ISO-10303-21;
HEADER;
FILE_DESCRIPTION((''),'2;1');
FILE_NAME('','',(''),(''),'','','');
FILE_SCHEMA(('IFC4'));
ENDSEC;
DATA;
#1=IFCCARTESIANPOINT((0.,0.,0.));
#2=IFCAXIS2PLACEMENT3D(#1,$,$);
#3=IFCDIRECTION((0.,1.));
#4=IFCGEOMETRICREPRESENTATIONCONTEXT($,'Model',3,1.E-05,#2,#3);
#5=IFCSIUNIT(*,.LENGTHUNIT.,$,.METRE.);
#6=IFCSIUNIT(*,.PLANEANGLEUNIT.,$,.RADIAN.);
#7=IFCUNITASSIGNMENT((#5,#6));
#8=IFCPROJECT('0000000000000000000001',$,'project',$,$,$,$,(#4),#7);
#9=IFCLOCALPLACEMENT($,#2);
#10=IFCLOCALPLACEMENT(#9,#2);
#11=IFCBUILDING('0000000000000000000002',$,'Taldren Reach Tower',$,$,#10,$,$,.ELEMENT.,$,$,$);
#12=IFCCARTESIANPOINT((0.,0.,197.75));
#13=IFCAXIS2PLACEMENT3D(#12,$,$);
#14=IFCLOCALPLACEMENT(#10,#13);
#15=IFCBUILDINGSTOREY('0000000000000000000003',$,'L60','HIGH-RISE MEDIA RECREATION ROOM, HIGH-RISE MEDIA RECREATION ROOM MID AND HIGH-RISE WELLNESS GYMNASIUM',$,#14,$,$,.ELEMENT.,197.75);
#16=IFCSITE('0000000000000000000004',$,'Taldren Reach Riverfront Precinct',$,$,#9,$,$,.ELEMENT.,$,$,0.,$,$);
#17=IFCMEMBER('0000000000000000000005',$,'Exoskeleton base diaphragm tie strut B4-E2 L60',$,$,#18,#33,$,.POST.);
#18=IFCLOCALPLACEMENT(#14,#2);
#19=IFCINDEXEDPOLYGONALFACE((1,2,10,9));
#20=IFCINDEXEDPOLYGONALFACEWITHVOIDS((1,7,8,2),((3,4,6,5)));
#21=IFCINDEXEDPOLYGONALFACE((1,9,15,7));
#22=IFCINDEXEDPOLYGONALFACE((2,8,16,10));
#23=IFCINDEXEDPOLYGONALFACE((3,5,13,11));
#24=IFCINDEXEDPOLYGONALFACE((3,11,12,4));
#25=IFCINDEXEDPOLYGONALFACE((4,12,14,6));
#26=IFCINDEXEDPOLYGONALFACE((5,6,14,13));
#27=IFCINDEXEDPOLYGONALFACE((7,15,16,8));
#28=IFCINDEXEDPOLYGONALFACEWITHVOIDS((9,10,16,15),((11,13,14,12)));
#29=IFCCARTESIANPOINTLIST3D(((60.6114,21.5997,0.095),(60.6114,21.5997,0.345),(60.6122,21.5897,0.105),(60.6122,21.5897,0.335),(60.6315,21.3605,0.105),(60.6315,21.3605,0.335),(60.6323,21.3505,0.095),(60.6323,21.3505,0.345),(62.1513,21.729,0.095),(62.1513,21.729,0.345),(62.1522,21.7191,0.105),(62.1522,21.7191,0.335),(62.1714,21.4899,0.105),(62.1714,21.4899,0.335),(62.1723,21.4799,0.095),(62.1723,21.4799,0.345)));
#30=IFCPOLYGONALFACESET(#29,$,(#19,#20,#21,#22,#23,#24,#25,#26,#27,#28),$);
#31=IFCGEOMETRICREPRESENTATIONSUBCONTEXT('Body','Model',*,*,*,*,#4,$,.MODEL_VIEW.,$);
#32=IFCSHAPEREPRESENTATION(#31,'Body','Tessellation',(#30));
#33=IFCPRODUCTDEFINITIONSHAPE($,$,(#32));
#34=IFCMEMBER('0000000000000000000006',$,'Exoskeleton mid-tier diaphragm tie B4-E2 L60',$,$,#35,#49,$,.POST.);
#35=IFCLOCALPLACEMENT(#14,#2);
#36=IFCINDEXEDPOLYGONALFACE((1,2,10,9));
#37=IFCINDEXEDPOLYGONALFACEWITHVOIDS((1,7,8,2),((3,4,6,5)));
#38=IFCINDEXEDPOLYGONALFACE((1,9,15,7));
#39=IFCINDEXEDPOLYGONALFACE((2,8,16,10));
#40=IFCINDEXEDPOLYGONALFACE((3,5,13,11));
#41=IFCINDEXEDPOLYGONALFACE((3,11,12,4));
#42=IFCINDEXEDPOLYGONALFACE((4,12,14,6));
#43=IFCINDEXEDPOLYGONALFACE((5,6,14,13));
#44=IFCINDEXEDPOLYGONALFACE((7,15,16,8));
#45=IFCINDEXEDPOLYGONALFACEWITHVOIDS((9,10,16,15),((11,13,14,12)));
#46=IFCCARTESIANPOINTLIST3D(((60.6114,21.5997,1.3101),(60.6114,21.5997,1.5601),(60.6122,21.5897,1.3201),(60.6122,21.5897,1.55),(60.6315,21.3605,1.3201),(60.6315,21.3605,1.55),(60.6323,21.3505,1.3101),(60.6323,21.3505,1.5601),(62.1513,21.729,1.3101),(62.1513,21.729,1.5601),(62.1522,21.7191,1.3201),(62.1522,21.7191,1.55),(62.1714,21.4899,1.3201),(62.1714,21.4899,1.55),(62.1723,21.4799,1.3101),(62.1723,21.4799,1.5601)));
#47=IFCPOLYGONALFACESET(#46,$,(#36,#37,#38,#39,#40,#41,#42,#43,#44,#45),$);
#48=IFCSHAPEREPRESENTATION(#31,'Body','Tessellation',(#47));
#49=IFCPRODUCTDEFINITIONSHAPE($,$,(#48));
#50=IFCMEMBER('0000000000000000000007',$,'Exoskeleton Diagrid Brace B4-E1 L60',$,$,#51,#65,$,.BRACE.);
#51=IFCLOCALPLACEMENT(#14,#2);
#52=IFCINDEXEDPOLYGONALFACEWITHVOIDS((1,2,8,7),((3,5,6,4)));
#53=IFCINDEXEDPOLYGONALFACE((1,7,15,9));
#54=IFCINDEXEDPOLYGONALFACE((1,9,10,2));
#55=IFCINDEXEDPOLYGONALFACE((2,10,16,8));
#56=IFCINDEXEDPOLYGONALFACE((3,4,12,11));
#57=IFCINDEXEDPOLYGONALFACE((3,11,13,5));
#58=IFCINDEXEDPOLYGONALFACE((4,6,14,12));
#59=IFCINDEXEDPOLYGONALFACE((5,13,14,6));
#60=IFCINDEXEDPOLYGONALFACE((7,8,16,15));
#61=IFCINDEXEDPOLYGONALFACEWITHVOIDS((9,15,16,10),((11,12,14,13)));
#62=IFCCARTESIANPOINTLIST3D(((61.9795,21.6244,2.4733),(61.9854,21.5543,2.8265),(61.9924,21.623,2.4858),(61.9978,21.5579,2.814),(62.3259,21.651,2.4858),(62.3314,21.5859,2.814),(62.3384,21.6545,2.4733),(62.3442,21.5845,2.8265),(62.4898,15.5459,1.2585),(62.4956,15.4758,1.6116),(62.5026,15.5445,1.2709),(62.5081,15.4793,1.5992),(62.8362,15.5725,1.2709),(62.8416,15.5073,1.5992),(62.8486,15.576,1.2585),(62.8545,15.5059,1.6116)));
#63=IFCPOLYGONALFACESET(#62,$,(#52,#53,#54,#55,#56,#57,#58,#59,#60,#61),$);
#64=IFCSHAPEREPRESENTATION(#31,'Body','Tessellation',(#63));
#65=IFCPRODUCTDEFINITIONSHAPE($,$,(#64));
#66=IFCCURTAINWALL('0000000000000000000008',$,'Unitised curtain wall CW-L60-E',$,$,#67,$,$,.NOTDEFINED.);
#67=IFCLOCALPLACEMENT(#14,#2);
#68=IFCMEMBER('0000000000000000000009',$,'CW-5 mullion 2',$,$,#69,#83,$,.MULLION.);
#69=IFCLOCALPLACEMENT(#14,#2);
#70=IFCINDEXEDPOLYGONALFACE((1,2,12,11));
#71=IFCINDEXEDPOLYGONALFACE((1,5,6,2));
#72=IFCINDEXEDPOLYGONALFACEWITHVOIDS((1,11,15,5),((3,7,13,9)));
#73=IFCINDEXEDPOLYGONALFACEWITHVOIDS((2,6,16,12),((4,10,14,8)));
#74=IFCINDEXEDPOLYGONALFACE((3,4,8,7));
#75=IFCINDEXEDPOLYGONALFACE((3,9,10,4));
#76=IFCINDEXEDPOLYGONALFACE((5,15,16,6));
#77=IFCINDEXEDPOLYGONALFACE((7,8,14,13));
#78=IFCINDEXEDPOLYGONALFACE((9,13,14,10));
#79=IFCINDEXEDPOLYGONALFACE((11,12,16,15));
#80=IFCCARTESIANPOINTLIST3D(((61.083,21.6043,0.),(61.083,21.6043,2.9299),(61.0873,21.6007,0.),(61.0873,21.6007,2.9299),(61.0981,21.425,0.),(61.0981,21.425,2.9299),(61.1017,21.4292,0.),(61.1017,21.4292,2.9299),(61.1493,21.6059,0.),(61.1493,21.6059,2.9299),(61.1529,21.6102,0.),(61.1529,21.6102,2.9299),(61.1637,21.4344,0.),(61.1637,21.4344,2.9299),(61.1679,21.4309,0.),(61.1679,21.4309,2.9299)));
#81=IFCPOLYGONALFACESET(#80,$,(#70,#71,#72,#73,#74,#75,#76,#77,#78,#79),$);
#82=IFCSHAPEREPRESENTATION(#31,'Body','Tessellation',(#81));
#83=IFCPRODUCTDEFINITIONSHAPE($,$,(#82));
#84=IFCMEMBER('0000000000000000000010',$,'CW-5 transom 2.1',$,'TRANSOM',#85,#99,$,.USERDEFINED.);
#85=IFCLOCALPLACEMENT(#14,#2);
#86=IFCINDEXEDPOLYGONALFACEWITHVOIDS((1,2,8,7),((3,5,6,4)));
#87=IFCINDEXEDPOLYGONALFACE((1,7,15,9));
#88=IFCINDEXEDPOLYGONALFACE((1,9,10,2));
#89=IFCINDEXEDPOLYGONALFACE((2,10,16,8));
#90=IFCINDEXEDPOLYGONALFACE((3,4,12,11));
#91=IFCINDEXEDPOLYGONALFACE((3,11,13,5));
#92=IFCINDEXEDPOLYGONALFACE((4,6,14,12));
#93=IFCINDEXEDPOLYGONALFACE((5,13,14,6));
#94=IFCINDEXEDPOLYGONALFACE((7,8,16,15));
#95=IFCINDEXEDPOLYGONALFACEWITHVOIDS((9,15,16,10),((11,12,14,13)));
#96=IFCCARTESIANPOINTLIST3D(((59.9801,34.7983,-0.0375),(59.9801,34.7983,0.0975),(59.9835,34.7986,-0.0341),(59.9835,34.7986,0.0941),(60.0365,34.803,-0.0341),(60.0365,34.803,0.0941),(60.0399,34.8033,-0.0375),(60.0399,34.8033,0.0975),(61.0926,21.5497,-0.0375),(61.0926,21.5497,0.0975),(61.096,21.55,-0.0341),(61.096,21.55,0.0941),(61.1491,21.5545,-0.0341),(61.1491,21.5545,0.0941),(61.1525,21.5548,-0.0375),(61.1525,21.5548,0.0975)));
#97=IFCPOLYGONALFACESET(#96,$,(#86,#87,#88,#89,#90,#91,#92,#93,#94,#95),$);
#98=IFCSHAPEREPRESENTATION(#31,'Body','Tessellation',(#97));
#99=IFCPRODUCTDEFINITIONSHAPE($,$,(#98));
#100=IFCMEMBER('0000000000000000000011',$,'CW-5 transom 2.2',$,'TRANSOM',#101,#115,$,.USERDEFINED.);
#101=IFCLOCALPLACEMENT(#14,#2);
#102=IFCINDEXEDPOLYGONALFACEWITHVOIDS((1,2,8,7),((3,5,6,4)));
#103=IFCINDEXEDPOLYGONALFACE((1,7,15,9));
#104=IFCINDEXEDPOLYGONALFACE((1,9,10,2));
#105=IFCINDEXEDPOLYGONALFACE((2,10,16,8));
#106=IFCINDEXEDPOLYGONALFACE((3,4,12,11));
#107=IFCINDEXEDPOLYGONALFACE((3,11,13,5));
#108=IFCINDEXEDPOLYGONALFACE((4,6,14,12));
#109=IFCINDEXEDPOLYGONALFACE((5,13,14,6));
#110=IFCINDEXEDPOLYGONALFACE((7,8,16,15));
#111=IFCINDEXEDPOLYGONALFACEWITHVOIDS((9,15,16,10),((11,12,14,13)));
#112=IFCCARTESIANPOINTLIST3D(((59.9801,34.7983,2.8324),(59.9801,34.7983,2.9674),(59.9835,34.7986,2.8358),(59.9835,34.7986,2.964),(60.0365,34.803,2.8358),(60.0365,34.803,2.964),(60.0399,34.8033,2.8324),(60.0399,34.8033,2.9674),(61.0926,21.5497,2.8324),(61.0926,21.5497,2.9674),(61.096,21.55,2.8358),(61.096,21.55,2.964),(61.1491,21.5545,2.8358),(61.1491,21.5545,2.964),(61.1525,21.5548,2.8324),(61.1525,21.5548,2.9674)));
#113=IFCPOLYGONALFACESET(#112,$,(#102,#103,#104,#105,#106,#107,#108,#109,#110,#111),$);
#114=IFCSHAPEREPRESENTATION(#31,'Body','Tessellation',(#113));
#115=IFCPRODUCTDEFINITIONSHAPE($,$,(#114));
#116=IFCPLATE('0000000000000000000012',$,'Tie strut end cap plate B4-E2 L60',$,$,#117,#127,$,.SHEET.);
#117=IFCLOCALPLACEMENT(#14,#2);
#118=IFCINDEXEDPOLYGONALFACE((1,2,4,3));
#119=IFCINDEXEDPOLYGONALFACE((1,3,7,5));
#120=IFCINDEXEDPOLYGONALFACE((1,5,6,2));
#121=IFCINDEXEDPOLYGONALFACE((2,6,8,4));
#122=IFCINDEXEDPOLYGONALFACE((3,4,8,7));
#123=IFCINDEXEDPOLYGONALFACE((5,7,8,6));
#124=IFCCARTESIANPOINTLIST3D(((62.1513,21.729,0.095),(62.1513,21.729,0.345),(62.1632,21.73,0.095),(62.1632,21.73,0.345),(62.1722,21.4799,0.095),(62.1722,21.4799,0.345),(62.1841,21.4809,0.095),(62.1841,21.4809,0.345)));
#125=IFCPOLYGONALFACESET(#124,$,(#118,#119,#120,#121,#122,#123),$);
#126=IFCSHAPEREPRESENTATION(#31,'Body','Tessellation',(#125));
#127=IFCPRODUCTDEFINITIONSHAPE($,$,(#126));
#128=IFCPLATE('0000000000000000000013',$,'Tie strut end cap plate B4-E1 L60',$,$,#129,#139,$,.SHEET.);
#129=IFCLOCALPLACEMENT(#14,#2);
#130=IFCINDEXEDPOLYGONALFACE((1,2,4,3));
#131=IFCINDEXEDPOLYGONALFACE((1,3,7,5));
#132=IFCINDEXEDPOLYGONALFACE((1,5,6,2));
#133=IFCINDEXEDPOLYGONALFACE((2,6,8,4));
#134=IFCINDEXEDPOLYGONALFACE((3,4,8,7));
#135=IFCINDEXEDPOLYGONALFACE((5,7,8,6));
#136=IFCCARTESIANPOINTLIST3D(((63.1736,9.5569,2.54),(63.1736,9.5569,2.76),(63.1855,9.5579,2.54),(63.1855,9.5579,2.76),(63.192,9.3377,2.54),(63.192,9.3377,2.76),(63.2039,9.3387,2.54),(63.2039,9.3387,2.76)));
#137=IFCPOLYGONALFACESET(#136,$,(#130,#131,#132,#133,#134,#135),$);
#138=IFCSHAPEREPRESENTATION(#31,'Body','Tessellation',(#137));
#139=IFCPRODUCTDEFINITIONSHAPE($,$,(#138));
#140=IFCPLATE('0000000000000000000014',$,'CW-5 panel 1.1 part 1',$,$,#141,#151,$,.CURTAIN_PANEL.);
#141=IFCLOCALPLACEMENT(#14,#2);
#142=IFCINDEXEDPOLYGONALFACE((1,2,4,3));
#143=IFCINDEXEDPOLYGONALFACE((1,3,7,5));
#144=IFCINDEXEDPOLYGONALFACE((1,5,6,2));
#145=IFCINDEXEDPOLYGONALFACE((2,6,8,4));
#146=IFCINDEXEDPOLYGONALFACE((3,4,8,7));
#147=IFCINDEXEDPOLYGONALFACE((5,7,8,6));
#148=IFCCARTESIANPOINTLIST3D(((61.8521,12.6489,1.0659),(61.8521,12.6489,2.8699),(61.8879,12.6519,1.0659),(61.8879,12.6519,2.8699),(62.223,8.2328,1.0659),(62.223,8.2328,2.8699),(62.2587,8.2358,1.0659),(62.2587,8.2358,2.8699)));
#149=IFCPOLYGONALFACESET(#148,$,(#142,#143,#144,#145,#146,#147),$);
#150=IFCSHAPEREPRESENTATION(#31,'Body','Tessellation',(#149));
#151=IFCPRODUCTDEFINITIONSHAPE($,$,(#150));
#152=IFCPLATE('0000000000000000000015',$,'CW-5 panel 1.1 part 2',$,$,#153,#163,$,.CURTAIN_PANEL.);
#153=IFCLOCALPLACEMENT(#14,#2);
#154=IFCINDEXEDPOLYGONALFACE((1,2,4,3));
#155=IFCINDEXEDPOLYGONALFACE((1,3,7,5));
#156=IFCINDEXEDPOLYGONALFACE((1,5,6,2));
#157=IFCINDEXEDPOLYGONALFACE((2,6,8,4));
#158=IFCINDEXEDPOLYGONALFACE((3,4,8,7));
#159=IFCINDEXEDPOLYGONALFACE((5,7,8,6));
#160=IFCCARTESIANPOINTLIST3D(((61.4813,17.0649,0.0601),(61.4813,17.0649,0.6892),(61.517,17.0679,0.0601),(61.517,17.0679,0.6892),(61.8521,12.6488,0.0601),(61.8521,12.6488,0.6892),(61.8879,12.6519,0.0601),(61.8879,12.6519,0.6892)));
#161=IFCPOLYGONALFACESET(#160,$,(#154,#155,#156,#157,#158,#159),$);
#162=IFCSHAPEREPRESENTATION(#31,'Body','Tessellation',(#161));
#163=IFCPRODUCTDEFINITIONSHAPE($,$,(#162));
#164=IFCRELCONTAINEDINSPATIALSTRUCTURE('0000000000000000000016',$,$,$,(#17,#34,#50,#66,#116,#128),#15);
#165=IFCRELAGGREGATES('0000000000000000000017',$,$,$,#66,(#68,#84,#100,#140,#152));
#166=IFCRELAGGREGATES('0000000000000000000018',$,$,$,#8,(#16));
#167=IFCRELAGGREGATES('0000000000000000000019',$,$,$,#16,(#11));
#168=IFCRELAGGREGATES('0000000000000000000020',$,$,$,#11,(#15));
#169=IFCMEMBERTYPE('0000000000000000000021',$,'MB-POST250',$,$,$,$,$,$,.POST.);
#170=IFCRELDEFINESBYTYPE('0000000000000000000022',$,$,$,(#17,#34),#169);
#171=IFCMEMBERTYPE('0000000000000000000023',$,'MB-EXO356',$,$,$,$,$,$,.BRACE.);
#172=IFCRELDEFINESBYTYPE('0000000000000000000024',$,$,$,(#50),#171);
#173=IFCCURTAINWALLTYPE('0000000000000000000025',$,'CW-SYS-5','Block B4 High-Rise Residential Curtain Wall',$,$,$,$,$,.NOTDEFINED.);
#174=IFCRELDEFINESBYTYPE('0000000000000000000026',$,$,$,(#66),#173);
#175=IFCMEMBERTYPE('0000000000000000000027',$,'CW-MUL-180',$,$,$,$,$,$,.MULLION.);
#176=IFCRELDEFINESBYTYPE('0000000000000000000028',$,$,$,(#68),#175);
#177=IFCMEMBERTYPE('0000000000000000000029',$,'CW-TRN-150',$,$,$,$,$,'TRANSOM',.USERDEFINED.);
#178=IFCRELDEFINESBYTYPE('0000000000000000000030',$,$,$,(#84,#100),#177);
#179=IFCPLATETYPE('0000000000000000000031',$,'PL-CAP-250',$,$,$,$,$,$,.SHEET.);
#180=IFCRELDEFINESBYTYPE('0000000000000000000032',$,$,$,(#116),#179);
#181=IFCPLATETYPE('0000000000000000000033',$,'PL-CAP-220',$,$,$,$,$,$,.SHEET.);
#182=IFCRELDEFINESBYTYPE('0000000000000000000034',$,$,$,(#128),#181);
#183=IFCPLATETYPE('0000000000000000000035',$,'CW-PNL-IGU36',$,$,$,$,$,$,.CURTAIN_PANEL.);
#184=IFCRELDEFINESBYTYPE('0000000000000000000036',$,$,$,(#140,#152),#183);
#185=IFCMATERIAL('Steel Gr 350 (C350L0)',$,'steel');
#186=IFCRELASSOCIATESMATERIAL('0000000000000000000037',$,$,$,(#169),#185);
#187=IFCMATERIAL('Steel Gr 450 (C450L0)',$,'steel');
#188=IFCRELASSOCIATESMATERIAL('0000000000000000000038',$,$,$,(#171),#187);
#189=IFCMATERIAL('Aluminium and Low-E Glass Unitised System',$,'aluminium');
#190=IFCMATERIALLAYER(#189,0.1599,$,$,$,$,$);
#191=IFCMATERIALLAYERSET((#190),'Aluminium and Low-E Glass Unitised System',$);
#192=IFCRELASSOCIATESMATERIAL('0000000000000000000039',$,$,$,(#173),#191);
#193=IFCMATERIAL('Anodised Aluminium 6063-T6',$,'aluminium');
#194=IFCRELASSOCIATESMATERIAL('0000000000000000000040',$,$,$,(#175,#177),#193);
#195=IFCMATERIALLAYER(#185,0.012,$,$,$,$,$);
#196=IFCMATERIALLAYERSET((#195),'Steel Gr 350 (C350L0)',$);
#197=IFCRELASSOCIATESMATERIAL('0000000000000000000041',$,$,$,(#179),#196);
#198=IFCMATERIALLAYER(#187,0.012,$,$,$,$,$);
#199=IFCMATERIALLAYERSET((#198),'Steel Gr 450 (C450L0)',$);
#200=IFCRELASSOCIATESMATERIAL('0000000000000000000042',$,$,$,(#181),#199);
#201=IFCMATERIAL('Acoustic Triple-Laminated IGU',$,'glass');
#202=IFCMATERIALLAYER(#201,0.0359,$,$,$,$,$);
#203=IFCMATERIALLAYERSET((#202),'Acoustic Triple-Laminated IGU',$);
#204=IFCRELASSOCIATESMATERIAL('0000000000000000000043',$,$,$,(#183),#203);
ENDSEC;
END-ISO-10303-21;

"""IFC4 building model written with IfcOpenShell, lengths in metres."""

from ifc_helpers import new_model, si_unit, direction, frame, origin, origin_2d, place, context, subcontext, project, spatial, rectangle, hollow_rectangle, extrude, source, transform, mapped, material, layer, layer_set, material_profile, profile_set, type_object, element, aggregate, save


model = new_model("IFC4")

# Units and contexts
model_context = context("Model", 3, precision=1e-05, world=origin(), true_north=direction((0.0, 1.0)))
body_context = subcontext(model_context, "Body", "Model", "MODEL_VIEW")
ifc_project = project(units=[si_unit("LENGTHUNIT", "METRE"), si_unit("PLANEANGLEUNIT", "RADIAN")], contexts=[model_context])

# Site, building, storey
site_placement = place(None, origin())
site = spatial("IfcSite", under=ifc_project, at=site_placement, Name="Taldren Reach Riverfront Precinct", CompositionType="ELEMENT", RefElevation=0.0)
building_placement = place(site_placement, origin())
building = spatial("IfcBuilding", under=site, at=building_placement, Name="Taldren Reach Tower", CompositionType="ELEMENT")
storey_placement = place(building_placement, frame((0.0, 0.0, 197.75)))
storey = spatial("IfcBuildingStorey", under=building, at=storey_placement, Name="L60", Description="HIGH-RISE MEDIA RECREATION ROOM, HIGH-RISE MEDIA RECREATION ROOM MID AND HIGH-RISE WELLNESS GYMNASIUM", CompositionType="ELEMENT", Elevation=197.75)

# Members
ifc_material_1 = material(Name="Steel Gr 450 (C450L0)", Category="steel")
ifc_material_2 = material(Name="Steel Gr 350 (C350L0)", Category="steel")
ifc_material_profile_1 = material_profile(ifc_material_2, hollow_rectangle(XDim=0.25, YDim=0.25, WallThickness=0.01, at=origin_2d()), Name="250x250x10.0SHS")
ifc_profile_set_1 = profile_set([ifc_material_profile_1], Name="Steel Gr 350 (C350L0)")
member_type_1 = type_object("IfcMemberType", Name="MB-POST250", PredefinedType="POST", material=ifc_profile_set_1)
shared_shape_1 = source(origin(), body_context, "Body", "SweptSolid", [
    extrude(hollow_rectangle(XDim=0.25, YDim=0.25, WallThickness=0.01, at=origin_2d()), origin(), (0.0, 0.0, 1.0), 1.5454),
])
for number, where, z_axis, x_axis, name in (
    (1, (60.6218, 21.4751, 0.22), (0.996489, 0.083725, 0.0), (-0.083725, 0.996489, 0.0), "Exoskeleton base diaphragm tie strut B4-E2 L60"),
    (2, (60.6218, 21.4751, 1.4351), (0.996489, 0.083725, 0.0), (-0.083725, 0.996489, 0.0), "Exoskeleton mid-tier diaphragm tie B4-E2 L60"),
):
    element("IfcMember", number, at=place(storey_placement, frame(where, z_axis=z_axis, x_axis=x_axis)), inside=storey, type_object=member_type_1, Name=name, PredefinedType="POST", context=body_context, shape_type="MappedRepresentation", body=[
        mapped(shared_shape_1, transform((0.0, 0.0, 0.0), scale=1.0)),
    ])
ifc_material_profile_2 = material_profile(ifc_material_1, hollow_rectangle(XDim=0.3601, YDim=0.3601, WallThickness=0.0127, at=origin_2d()), Name="360x360x12.7SHS")
ifc_profile_set_2 = profile_set([ifc_material_profile_2], Name="Steel Gr 450 (C450L0)")
member_type_2 = type_object("IfcMemberType", Name="MB-EXO356", PredefinedType="BRACE", material=ifc_profile_set_2)
shared_shape_2 = source(origin(), body_context, "Body", "SweptSolid", [
    extrude(hollow_rectangle(XDim=0.3601, YDim=0.3601, WallThickness=0.0127, at=origin_2d()), origin(), (0.0, 0.0, 1.0), 6.2197),
])
member_1_placement = place(storey_placement, frame((62.6721, 15.5259, 1.4351), z_axis=(-0.082037, 0.977303, 0.195319), x_axis=(-0.996495, -0.083648, 0.0)))
element("IfcMember", 3, at=member_1_placement, inside=storey, type_object=member_type_2, Name="Exoskeleton Diagrid Brace B4-E1 L60", PredefinedType="BRACE", context=body_context, shape_type="MappedRepresentation", body=[
    mapped(shared_shape_2, transform((0.0, 0.0, 0.0), scale=1.0)),
])

# Curtain wall, members
ifc_material_3 = material(Name="Aluminium and Low-E Glass Unitised System", Category="aluminium")
ifc_layer_1 = layer(ifc_material_3, 0.1599)
ifc_layer_set_1 = layer_set([ifc_layer_1], Name="Aluminium and Low-E Glass Unitised System")
curtain_wall_type = type_object("IfcCurtainWallType", Name="CW-SYS-5", Description="Block B4 High-Rise Residential Curtain Wall", PredefinedType="NOTDEFINED", material=ifc_layer_set_1)
curtain_wall_placement = place(storey_placement, origin())
curtain_wall = element("IfcCurtainWall", 4, at=curtain_wall_placement, inside=storey, type_object=curtain_wall_type, Name="Unitised curtain wall CW-L60-E", PredefinedType="NOTDEFINED")
ifc_material_4 = material(Name="Anodised Aluminium 6063-T6", Category="aluminium")
ifc_material_profile_3 = material_profile(ifc_material_4, hollow_rectangle(XDim=0.0701, YDim=0.1799, WallThickness=0.0039, at=origin_2d()), Name="ALU-180x70x4RHS")
ifc_profile_set_3 = profile_set([ifc_material_profile_3], Name="Anodised Aluminium 6063-T6")
member_type_3 = type_object("IfcMemberType", Name="CW-MUL-180", PredefinedType="MULLION", material=ifc_profile_set_3)
shared_shape_3 = source(origin(), body_context, "Body", "SweptSolid", [
    extrude(hollow_rectangle(XDim=0.0701, YDim=0.1799, WallThickness=0.0039, at=origin_2d()), origin(), (0.0, 0.0, 1.0), 2.9299),
])
member_2_placement = place(storey_placement, frame((61.1255, 21.5176, 0.0), z_axis=(0.0, 0.0, 1.0), x_axis=(-0.996493, -0.083678, 0.0)))
member_2 = element("IfcMember", 5, at=member_2_placement, type_object=member_type_3, Name="CW-5 mullion 2", PredefinedType="MULLION", context=body_context, shape_type="MappedRepresentation", body=[
    mapped(shared_shape_3, transform((0.0, 0.0, 0.0), scale=1.0)),
])
ifc_material_profile_4 = material_profile(ifc_material_4, hollow_rectangle(XDim=0.0601, YDim=0.135, WallThickness=0.0034, at=origin_2d()), Name="ALU-135x60x3.5RHS")
ifc_profile_set_4 = profile_set([ifc_material_profile_4], Name="Anodised Aluminium 6063-T6")
member_type_4 = type_object("IfcMemberType", Name="CW-TRN-150", ElementType="TRANSOM", PredefinedType="USERDEFINED", material=ifc_profile_set_4)
shared_shape_4 = source(origin(), body_context, "Body", "SweptSolid", [
    extrude(hollow_rectangle(XDim=0.0601, YDim=0.135, WallThickness=0.0034, at=origin_2d()), origin(), (0.0, 0.0, 1.0), 13.2952),
])
member_3_placement = place(storey_placement, frame((61.1226, 21.5522, 0.03), z_axis=(-0.083681, 0.996493, 0.0), x_axis=(-0.996493, -0.083681, 0.0)))
member_3 = element("IfcMember", 6, at=member_3_placement, type_object=member_type_4, Name="CW-5 transom 2.1", ObjectType="TRANSOM", PredefinedType="USERDEFINED", context=body_context, shape_type="MappedRepresentation", body=[
    mapped(shared_shape_4, transform((0.0, 0.0, 0.0), scale=1.0)),
])
member_4_placement = place(storey_placement, frame((61.1226, 21.5522, 2.8999), z_axis=(-0.083681, 0.996493, 0.0), x_axis=(-0.996493, -0.083681, 0.0)))
member_4 = element("IfcMember", 7, at=member_4_placement, type_object=member_type_4, Name="CW-5 transom 2.2", ObjectType="TRANSOM", PredefinedType="USERDEFINED", context=body_context, shape_type="MappedRepresentation", body=[
    mapped(shared_shape_4, transform((0.0, 0.0, 0.0), scale=1.0)),
])

# Plates
ifc_layer_2 = layer(ifc_material_2, 0.012)
ifc_layer_set_2 = layer_set([ifc_layer_2], Name="Steel Gr 350 (C350L0)")
plate_type_1 = type_object("IfcPlateType", Name="PL-CAP-250", PredefinedType="SHEET", material=ifc_layer_set_2)
shared_shape_5 = source(origin(), body_context, "Body", "SweptSolid", [
    extrude(rectangle(XDim=0.012, YDim=0.25, at=origin_2d()), origin(), (0.0, 0.0, 1.0), 0.25),
])
plate_1_placement = place(storey_placement, frame((62.1677, 21.605, 0.095), z_axis=(0.0, 0.0, 1.0), x_axis=(0.996493, 0.083678, 0.0)))
element("IfcPlate", 8, at=plate_1_placement, inside=storey, type_object=plate_type_1, Name="Tie strut end cap plate B4-E2 L60", PredefinedType="SHEET", context=body_context, shape_type="MappedRepresentation", body=[
    mapped(shared_shape_5, transform((0.0, 0.0, 0.0), scale=1.0)),
])
ifc_layer_3 = layer(ifc_material_1, 0.012)
ifc_layer_set_3 = layer_set([ifc_layer_3], Name="Steel Gr 450 (C450L0)")
plate_type_2 = type_object("IfcPlateType", Name="PL-CAP-220", PredefinedType="SHEET", material=ifc_layer_set_3)
shared_shape_6 = source(origin(), body_context, "Body", "SweptSolid", [
    extrude(rectangle(XDim=0.012, YDim=0.22, at=origin_2d()), origin(), (0.0, 0.0, 1.0), 0.22),
])
plate_2_placement = place(storey_placement, frame((63.1887, 9.4478, 2.54), z_axis=(0.0, 0.0, 1.0), x_axis=(0.996493, 0.083678, 0.0)))
element("IfcPlate", 9, at=plate_2_placement, inside=storey, type_object=plate_type_2, Name="Tie strut end cap plate B4-E1 L60", PredefinedType="SHEET", context=body_context, shape_type="MappedRepresentation", body=[
    mapped(shared_shape_6, transform((0.0, 0.0, 0.0), scale=1.0)),
])

# Plates
ifc_material_5 = material(Name="Acoustic Triple-Laminated IGU", Category="glass")
ifc_layer_4 = layer(ifc_material_5, 0.0359)
ifc_layer_set_4 = layer_set([ifc_layer_4], Name="Acoustic Triple-Laminated IGU")
plate_type_3 = type_object("IfcPlateType", Name="CW-PNL-IGU36", PredefinedType="CURTAIN_PANEL", material=ifc_layer_set_4)
shared_shape_7 = source(origin(), body_context, "Body", "SweptSolid", [
    extrude(rectangle(XDim=4.4316, YDim=0.0359, at=origin_2d()), origin(), (0.0, 0.0, 1.0), 1.804),
])
plate_3_placement = place(storey_placement, frame((62.0554, 10.4424, 1.0659), z_axis=(0.0, 0.0, 1.0), x_axis=(-0.083678, 0.996493, 0.0)))
plate_3 = element("IfcPlate", 10, at=plate_3_placement, type_object=plate_type_3, Name="CW-5 panel 1.1 part 1", PredefinedType="CURTAIN_PANEL", context=body_context, shape_type="MappedRepresentation", body=[
    mapped(shared_shape_7, transform((0.0, 0.0, 0.0), scale=1.0)),
])
shared_shape_8 = source(origin(), body_context, "Body", "SweptSolid", [
    extrude(rectangle(XDim=4.4316, YDim=0.0359, at=origin_2d()), origin(), (0.0, 0.0, 1.0), 0.6292),
])
plate_4_placement = place(storey_placement, frame((61.6846, 14.8584, 0.0601), z_axis=(0.0, 0.0, 1.0), x_axis=(-0.083678, 0.996493, 0.0)))
plate_4 = element("IfcPlate", 11, at=plate_4_placement, type_object=plate_type_3, Name="CW-5 panel 1.1 part 2", PredefinedType="CURTAIN_PANEL", context=body_context, shape_type="MappedRepresentation", body=[
    mapped(shared_shape_8, transform((0.0, 0.0, 0.0), scale=1.0)),
])
aggregate(curtain_wall, [member_2, member_3, member_4, plate_3, plate_4])

save(model, "model.ifc")
